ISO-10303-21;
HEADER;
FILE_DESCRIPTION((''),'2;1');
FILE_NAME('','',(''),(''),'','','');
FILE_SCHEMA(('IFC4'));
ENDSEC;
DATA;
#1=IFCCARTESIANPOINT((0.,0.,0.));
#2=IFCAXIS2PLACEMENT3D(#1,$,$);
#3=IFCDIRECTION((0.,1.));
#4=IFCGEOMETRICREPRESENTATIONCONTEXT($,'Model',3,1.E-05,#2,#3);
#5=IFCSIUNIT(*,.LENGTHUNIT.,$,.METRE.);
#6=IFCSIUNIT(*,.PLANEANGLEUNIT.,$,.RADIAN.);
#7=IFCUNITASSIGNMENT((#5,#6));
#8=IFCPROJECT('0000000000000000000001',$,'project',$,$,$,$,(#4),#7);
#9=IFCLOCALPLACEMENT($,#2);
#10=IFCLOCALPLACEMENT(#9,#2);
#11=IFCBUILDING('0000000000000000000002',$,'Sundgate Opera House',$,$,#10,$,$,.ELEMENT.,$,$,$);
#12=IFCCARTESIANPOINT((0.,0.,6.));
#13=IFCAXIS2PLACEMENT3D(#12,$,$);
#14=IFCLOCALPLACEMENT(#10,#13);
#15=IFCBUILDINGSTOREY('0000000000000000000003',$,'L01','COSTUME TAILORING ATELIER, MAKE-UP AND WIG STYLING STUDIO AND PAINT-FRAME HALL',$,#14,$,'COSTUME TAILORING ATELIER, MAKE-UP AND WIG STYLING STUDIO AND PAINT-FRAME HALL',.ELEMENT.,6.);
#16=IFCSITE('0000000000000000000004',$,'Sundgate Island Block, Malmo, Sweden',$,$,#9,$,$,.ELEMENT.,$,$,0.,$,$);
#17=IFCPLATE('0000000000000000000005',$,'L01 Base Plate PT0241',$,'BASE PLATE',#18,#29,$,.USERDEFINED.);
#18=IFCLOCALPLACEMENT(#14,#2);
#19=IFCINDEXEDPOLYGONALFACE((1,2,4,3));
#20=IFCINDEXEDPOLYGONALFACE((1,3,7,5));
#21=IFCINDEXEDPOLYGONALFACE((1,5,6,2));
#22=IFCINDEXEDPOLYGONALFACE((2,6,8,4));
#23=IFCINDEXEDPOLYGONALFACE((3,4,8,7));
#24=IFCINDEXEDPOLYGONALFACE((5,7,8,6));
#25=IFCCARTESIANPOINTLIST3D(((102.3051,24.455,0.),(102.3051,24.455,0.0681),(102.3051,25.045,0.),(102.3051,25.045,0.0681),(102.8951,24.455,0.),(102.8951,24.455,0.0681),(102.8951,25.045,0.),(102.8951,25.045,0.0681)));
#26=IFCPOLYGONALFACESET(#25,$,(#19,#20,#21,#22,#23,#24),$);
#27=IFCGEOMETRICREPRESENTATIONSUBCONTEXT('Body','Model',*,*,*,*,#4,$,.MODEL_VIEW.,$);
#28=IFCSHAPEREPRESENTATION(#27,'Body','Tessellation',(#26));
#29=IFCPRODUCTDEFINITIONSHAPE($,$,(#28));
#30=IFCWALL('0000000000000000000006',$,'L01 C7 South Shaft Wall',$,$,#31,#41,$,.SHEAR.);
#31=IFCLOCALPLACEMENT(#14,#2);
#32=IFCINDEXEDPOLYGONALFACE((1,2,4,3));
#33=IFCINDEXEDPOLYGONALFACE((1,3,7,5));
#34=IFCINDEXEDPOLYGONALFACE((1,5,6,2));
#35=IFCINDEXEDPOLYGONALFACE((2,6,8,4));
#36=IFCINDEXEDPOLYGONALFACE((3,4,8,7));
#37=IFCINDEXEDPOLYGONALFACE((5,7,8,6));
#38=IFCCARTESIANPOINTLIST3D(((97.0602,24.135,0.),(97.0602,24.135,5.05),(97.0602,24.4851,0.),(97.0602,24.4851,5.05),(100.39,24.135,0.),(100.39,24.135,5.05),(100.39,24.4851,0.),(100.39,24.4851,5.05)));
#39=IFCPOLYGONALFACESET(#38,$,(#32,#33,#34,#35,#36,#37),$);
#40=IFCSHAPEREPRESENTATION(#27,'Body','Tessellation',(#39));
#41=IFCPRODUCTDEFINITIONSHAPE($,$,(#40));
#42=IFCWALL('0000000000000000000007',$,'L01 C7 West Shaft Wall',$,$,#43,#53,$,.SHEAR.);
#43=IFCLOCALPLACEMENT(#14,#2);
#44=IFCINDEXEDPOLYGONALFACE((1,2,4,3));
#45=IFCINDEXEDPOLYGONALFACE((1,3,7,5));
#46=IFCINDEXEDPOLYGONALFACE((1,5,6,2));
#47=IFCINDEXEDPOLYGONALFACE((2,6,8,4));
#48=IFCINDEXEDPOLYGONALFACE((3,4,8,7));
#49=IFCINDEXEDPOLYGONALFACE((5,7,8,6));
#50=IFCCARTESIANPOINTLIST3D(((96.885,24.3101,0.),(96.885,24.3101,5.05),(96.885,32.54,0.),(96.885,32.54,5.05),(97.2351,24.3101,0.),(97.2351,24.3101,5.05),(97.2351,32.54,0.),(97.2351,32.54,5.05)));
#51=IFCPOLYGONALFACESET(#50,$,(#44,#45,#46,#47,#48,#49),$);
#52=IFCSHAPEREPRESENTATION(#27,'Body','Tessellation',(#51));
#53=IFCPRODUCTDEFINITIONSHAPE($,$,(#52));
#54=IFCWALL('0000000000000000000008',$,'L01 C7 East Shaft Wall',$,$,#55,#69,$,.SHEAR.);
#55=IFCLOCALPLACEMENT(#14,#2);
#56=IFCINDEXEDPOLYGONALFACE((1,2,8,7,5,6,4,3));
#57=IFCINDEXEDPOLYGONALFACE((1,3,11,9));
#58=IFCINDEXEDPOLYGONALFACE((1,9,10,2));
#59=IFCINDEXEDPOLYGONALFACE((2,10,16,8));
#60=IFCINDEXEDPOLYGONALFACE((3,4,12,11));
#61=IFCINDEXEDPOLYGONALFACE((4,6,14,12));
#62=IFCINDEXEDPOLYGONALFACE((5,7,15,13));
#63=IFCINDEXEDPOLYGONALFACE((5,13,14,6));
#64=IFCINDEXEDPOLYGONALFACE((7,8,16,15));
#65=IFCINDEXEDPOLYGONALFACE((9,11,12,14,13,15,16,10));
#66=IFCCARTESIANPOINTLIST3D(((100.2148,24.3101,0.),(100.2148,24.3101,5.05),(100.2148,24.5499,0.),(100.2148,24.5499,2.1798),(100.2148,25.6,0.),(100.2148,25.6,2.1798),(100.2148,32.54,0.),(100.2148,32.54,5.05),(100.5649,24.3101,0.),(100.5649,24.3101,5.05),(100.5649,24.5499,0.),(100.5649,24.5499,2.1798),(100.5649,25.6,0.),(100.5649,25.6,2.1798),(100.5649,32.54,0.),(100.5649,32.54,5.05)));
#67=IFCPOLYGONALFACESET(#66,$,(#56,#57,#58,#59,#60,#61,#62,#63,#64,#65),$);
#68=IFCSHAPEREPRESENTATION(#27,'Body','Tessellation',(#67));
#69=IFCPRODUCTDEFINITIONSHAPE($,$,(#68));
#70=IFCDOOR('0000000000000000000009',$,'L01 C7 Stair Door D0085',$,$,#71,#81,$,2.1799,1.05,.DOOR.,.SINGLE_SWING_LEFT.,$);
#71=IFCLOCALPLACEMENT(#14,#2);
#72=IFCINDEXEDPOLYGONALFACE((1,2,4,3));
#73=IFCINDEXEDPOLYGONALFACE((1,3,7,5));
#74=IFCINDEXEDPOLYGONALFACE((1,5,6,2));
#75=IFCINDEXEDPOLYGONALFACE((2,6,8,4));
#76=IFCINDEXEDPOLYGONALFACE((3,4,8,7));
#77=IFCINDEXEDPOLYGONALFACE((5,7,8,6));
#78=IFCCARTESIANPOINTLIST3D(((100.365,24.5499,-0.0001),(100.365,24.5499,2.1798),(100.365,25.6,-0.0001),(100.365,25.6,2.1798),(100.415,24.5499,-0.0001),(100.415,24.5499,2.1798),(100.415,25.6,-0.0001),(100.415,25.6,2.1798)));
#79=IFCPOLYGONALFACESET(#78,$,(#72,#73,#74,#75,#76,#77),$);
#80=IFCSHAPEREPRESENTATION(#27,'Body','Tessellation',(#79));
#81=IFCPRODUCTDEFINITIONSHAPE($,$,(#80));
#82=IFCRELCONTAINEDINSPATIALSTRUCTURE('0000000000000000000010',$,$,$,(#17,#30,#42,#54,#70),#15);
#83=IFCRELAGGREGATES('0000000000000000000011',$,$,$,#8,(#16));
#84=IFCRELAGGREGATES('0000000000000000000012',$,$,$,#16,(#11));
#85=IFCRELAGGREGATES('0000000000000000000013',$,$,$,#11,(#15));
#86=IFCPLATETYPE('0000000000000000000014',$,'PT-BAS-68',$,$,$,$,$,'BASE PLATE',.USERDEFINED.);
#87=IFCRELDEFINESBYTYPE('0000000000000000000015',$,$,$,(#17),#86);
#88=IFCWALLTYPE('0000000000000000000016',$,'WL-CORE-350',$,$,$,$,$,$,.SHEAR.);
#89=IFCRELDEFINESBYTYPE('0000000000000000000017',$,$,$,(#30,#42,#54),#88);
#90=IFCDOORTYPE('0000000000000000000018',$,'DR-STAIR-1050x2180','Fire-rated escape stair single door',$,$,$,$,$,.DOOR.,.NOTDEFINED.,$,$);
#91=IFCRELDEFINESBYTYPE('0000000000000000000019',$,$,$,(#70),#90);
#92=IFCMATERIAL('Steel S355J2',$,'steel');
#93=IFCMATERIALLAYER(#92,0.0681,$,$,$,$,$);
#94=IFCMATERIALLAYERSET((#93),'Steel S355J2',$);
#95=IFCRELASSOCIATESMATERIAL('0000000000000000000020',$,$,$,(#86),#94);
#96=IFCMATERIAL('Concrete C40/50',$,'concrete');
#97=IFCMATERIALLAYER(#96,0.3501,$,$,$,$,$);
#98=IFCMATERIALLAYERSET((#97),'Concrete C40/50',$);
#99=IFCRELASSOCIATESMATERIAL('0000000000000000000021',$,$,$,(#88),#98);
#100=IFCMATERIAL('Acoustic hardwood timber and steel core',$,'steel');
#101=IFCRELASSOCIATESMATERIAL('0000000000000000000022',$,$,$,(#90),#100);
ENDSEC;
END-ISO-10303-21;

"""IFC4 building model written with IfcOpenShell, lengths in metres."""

from ifc_helpers import new_model, si_unit, direction, frame, frame_2d, origin, origin_2d, place, context, subcontext, project, spatial, rectangle, extrude, material, layer, layer_set, type_object, element, fill, save


model = new_model("IFC4")

# Units and contexts
model_context = context("Model", 3, precision=1e-05, world=origin(), true_north=direction((0.0, 1.0)))
body_context = subcontext(model_context, "Body", "Model", "MODEL_VIEW")
ifc_project = project(units=[si_unit("LENGTHUNIT", "METRE"), si_unit("PLANEANGLEUNIT", "RADIAN")], contexts=[model_context])

# Site, building, storey
site_placement = place(None, origin())
site = spatial("IfcSite", under=ifc_project, at=site_placement, Name="Sundgate Island Block, Malmo, Sweden", CompositionType="ELEMENT", RefElevation=0.0)
building_placement = place(site_placement, origin())
building = spatial("IfcBuilding", under=site, at=building_placement, Name="Sundgate Opera House", CompositionType="ELEMENT")
storey_placement = place(building_placement, frame((0.0, 0.0, 6.0)))
storey = spatial("IfcBuildingStorey", under=building, at=storey_placement, Name="L01", Description="COSTUME TAILORING ATELIER, MAKE-UP AND WIG STYLING STUDIO AND PAINT-FRAME HALL", LongName="COSTUME TAILORING ATELIER, MAKE-UP AND WIG STYLING STUDIO AND PAINT-FRAME HALL", CompositionType="ELEMENT", Elevation=6.0)

# Plate
ifc_material_1 = material(Name="Steel S355J2", Category="steel")
ifc_layer_1 = layer(ifc_material_1, 0.0681)
ifc_layer_set_1 = layer_set([ifc_layer_1], Name="Steel S355J2")
plate_type_1 = type_object("IfcPlateType", Name="PT-BAS-68", ElementType="BASE PLATE", PredefinedType="USERDEFINED", material=ifc_layer_set_1)
plate_1_placement = place(storey_placement, frame((102.6001, 24.75, 0.0), z_axis=(0.0, 0.0, 1.0), x_axis=(1.0, 0.0, 0.0)))
element("IfcPlate", 1, at=plate_1_placement, inside=storey, type_object=plate_type_1, Name="L01 Base Plate PT0241", ObjectType="BASE PLATE", PredefinedType="USERDEFINED", context=body_context, shape_type="SweptSolid", body=[
    extrude(rectangle(XDim=0.5901, YDim=0.5901, at=origin_2d()), origin(), (0.0, 0.0, 1.0), 0.0681),
])

# Walls
ifc_material_2 = material(Name="Concrete C40/50", Category="concrete")
ifc_layer_2 = layer(ifc_material_2, 0.3501)
ifc_layer_set_2 = layer_set([ifc_layer_2], Name="Concrete C40/50")
wall_type = type_object("IfcWallType", Name="WL-CORE-350", PredefinedType="SHEAR", material=ifc_layer_set_2)
wall_1_placement = place(storey_placement, frame((97.0601, 24.3101, 0.0), z_axis=(0.0, 0.0, 1.0), x_axis=(1.0, 0.0, 0.0)))
element("IfcWall", 2, at=wall_1_placement, inside=storey, type_object=wall_type, Name="L01 C7 South Shaft Wall", PredefinedType="SHEAR", context=body_context, shape_type="SweptSolid", body=[
    extrude(rectangle(XDim=3.3298, YDim=0.3501, at=frame_2d((1.665, 0.0))), origin(), (0.0, 0.0, 1.0), 5.05),
])
wall_2_placement = place(storey_placement, frame((97.0601, 24.3101, 0.0), z_axis=(0.0, 0.0, 1.0), x_axis=(0.0, 1.0, 0.0)))
element("IfcWall", 3, at=wall_2_placement, inside=storey, type_object=wall_type, Name="L01 C7 West Shaft Wall", PredefinedType="SHEAR", context=body_context, shape_type="SweptSolid", body=[
    extrude(rectangle(XDim=8.23, YDim=0.3501, at=frame_2d((4.115, 0.0))), origin(), (0.0, 0.0, 1.0), 5.05),
])

# Wall, opening, door
wall_3_placement = place(storey_placement, frame((100.3899, 24.3101, 0.0), z_axis=(0.0, 0.0, 1.0), x_axis=(0.0, 1.0, 0.0)))
wall_3 = element("IfcWall", 4, at=wall_3_placement, inside=storey, type_object=wall_type, Name="L01 C7 East Shaft Wall", PredefinedType="SHEAR", context=body_context, shape_type="SweptSolid", body=[
    extrude(rectangle(XDim=8.23, YDim=0.3501, at=frame_2d((4.115, 0.0))), origin(), (0.0, 0.0, 1.0), 5.05),
])
opening_placement = place(wall_3_placement, frame((0.24, 0.0, 0.0)))
opening = element("IfcOpeningElement", 5, at=opening_placement, cuts=wall_3, PredefinedType="OPENING", context=body_context, shape_type="SweptSolid", body=[
    extrude(rectangle(XDim=1.05, YDim=2.1799, at=frame_2d((0.5249, 1.0898))), frame((0.0, 0.1851, 0.0), z_axis=(0.0, -1.0, 0.0), x_axis=(1.0, 0.0, 0.0)), (0.0, 0.0, 1.0), 0.3701),
])
ifc_material_3 = material(Name="Acoustic hardwood timber and steel core", Category="steel")
door_type = type_object("IfcDoorType", Name="DR-STAIR-1050x2180", Description="Fire-rated escape stair single door", OperationType="NOTDEFINED", PredefinedType="DOOR", material=ifc_material_3)
door_placement = place(opening_placement, origin())
door = element("IfcDoor", 6, at=door_placement, inside=storey, type_object=door_type, Name="L01 C7 Stair Door D0085", OperationType="SINGLE_SWING_LEFT", OverallHeight=2.1799, OverallWidth=1.05, PredefinedType="DOOR", context=body_context, shape_type="SweptSolid", body=[
    extrude(rectangle(XDim=1.05, YDim=2.1799, at=frame_2d((0.5249, 1.0898))), frame((0.0, 0.0249, 0.0), z_axis=(0.0, -1.0, 0.0), x_axis=(1.0, 0.0, 0.0)), (0.0, 0.0, 1.0), 0.05),
])
fill(opening, door)

save(model, "model.ifc")
